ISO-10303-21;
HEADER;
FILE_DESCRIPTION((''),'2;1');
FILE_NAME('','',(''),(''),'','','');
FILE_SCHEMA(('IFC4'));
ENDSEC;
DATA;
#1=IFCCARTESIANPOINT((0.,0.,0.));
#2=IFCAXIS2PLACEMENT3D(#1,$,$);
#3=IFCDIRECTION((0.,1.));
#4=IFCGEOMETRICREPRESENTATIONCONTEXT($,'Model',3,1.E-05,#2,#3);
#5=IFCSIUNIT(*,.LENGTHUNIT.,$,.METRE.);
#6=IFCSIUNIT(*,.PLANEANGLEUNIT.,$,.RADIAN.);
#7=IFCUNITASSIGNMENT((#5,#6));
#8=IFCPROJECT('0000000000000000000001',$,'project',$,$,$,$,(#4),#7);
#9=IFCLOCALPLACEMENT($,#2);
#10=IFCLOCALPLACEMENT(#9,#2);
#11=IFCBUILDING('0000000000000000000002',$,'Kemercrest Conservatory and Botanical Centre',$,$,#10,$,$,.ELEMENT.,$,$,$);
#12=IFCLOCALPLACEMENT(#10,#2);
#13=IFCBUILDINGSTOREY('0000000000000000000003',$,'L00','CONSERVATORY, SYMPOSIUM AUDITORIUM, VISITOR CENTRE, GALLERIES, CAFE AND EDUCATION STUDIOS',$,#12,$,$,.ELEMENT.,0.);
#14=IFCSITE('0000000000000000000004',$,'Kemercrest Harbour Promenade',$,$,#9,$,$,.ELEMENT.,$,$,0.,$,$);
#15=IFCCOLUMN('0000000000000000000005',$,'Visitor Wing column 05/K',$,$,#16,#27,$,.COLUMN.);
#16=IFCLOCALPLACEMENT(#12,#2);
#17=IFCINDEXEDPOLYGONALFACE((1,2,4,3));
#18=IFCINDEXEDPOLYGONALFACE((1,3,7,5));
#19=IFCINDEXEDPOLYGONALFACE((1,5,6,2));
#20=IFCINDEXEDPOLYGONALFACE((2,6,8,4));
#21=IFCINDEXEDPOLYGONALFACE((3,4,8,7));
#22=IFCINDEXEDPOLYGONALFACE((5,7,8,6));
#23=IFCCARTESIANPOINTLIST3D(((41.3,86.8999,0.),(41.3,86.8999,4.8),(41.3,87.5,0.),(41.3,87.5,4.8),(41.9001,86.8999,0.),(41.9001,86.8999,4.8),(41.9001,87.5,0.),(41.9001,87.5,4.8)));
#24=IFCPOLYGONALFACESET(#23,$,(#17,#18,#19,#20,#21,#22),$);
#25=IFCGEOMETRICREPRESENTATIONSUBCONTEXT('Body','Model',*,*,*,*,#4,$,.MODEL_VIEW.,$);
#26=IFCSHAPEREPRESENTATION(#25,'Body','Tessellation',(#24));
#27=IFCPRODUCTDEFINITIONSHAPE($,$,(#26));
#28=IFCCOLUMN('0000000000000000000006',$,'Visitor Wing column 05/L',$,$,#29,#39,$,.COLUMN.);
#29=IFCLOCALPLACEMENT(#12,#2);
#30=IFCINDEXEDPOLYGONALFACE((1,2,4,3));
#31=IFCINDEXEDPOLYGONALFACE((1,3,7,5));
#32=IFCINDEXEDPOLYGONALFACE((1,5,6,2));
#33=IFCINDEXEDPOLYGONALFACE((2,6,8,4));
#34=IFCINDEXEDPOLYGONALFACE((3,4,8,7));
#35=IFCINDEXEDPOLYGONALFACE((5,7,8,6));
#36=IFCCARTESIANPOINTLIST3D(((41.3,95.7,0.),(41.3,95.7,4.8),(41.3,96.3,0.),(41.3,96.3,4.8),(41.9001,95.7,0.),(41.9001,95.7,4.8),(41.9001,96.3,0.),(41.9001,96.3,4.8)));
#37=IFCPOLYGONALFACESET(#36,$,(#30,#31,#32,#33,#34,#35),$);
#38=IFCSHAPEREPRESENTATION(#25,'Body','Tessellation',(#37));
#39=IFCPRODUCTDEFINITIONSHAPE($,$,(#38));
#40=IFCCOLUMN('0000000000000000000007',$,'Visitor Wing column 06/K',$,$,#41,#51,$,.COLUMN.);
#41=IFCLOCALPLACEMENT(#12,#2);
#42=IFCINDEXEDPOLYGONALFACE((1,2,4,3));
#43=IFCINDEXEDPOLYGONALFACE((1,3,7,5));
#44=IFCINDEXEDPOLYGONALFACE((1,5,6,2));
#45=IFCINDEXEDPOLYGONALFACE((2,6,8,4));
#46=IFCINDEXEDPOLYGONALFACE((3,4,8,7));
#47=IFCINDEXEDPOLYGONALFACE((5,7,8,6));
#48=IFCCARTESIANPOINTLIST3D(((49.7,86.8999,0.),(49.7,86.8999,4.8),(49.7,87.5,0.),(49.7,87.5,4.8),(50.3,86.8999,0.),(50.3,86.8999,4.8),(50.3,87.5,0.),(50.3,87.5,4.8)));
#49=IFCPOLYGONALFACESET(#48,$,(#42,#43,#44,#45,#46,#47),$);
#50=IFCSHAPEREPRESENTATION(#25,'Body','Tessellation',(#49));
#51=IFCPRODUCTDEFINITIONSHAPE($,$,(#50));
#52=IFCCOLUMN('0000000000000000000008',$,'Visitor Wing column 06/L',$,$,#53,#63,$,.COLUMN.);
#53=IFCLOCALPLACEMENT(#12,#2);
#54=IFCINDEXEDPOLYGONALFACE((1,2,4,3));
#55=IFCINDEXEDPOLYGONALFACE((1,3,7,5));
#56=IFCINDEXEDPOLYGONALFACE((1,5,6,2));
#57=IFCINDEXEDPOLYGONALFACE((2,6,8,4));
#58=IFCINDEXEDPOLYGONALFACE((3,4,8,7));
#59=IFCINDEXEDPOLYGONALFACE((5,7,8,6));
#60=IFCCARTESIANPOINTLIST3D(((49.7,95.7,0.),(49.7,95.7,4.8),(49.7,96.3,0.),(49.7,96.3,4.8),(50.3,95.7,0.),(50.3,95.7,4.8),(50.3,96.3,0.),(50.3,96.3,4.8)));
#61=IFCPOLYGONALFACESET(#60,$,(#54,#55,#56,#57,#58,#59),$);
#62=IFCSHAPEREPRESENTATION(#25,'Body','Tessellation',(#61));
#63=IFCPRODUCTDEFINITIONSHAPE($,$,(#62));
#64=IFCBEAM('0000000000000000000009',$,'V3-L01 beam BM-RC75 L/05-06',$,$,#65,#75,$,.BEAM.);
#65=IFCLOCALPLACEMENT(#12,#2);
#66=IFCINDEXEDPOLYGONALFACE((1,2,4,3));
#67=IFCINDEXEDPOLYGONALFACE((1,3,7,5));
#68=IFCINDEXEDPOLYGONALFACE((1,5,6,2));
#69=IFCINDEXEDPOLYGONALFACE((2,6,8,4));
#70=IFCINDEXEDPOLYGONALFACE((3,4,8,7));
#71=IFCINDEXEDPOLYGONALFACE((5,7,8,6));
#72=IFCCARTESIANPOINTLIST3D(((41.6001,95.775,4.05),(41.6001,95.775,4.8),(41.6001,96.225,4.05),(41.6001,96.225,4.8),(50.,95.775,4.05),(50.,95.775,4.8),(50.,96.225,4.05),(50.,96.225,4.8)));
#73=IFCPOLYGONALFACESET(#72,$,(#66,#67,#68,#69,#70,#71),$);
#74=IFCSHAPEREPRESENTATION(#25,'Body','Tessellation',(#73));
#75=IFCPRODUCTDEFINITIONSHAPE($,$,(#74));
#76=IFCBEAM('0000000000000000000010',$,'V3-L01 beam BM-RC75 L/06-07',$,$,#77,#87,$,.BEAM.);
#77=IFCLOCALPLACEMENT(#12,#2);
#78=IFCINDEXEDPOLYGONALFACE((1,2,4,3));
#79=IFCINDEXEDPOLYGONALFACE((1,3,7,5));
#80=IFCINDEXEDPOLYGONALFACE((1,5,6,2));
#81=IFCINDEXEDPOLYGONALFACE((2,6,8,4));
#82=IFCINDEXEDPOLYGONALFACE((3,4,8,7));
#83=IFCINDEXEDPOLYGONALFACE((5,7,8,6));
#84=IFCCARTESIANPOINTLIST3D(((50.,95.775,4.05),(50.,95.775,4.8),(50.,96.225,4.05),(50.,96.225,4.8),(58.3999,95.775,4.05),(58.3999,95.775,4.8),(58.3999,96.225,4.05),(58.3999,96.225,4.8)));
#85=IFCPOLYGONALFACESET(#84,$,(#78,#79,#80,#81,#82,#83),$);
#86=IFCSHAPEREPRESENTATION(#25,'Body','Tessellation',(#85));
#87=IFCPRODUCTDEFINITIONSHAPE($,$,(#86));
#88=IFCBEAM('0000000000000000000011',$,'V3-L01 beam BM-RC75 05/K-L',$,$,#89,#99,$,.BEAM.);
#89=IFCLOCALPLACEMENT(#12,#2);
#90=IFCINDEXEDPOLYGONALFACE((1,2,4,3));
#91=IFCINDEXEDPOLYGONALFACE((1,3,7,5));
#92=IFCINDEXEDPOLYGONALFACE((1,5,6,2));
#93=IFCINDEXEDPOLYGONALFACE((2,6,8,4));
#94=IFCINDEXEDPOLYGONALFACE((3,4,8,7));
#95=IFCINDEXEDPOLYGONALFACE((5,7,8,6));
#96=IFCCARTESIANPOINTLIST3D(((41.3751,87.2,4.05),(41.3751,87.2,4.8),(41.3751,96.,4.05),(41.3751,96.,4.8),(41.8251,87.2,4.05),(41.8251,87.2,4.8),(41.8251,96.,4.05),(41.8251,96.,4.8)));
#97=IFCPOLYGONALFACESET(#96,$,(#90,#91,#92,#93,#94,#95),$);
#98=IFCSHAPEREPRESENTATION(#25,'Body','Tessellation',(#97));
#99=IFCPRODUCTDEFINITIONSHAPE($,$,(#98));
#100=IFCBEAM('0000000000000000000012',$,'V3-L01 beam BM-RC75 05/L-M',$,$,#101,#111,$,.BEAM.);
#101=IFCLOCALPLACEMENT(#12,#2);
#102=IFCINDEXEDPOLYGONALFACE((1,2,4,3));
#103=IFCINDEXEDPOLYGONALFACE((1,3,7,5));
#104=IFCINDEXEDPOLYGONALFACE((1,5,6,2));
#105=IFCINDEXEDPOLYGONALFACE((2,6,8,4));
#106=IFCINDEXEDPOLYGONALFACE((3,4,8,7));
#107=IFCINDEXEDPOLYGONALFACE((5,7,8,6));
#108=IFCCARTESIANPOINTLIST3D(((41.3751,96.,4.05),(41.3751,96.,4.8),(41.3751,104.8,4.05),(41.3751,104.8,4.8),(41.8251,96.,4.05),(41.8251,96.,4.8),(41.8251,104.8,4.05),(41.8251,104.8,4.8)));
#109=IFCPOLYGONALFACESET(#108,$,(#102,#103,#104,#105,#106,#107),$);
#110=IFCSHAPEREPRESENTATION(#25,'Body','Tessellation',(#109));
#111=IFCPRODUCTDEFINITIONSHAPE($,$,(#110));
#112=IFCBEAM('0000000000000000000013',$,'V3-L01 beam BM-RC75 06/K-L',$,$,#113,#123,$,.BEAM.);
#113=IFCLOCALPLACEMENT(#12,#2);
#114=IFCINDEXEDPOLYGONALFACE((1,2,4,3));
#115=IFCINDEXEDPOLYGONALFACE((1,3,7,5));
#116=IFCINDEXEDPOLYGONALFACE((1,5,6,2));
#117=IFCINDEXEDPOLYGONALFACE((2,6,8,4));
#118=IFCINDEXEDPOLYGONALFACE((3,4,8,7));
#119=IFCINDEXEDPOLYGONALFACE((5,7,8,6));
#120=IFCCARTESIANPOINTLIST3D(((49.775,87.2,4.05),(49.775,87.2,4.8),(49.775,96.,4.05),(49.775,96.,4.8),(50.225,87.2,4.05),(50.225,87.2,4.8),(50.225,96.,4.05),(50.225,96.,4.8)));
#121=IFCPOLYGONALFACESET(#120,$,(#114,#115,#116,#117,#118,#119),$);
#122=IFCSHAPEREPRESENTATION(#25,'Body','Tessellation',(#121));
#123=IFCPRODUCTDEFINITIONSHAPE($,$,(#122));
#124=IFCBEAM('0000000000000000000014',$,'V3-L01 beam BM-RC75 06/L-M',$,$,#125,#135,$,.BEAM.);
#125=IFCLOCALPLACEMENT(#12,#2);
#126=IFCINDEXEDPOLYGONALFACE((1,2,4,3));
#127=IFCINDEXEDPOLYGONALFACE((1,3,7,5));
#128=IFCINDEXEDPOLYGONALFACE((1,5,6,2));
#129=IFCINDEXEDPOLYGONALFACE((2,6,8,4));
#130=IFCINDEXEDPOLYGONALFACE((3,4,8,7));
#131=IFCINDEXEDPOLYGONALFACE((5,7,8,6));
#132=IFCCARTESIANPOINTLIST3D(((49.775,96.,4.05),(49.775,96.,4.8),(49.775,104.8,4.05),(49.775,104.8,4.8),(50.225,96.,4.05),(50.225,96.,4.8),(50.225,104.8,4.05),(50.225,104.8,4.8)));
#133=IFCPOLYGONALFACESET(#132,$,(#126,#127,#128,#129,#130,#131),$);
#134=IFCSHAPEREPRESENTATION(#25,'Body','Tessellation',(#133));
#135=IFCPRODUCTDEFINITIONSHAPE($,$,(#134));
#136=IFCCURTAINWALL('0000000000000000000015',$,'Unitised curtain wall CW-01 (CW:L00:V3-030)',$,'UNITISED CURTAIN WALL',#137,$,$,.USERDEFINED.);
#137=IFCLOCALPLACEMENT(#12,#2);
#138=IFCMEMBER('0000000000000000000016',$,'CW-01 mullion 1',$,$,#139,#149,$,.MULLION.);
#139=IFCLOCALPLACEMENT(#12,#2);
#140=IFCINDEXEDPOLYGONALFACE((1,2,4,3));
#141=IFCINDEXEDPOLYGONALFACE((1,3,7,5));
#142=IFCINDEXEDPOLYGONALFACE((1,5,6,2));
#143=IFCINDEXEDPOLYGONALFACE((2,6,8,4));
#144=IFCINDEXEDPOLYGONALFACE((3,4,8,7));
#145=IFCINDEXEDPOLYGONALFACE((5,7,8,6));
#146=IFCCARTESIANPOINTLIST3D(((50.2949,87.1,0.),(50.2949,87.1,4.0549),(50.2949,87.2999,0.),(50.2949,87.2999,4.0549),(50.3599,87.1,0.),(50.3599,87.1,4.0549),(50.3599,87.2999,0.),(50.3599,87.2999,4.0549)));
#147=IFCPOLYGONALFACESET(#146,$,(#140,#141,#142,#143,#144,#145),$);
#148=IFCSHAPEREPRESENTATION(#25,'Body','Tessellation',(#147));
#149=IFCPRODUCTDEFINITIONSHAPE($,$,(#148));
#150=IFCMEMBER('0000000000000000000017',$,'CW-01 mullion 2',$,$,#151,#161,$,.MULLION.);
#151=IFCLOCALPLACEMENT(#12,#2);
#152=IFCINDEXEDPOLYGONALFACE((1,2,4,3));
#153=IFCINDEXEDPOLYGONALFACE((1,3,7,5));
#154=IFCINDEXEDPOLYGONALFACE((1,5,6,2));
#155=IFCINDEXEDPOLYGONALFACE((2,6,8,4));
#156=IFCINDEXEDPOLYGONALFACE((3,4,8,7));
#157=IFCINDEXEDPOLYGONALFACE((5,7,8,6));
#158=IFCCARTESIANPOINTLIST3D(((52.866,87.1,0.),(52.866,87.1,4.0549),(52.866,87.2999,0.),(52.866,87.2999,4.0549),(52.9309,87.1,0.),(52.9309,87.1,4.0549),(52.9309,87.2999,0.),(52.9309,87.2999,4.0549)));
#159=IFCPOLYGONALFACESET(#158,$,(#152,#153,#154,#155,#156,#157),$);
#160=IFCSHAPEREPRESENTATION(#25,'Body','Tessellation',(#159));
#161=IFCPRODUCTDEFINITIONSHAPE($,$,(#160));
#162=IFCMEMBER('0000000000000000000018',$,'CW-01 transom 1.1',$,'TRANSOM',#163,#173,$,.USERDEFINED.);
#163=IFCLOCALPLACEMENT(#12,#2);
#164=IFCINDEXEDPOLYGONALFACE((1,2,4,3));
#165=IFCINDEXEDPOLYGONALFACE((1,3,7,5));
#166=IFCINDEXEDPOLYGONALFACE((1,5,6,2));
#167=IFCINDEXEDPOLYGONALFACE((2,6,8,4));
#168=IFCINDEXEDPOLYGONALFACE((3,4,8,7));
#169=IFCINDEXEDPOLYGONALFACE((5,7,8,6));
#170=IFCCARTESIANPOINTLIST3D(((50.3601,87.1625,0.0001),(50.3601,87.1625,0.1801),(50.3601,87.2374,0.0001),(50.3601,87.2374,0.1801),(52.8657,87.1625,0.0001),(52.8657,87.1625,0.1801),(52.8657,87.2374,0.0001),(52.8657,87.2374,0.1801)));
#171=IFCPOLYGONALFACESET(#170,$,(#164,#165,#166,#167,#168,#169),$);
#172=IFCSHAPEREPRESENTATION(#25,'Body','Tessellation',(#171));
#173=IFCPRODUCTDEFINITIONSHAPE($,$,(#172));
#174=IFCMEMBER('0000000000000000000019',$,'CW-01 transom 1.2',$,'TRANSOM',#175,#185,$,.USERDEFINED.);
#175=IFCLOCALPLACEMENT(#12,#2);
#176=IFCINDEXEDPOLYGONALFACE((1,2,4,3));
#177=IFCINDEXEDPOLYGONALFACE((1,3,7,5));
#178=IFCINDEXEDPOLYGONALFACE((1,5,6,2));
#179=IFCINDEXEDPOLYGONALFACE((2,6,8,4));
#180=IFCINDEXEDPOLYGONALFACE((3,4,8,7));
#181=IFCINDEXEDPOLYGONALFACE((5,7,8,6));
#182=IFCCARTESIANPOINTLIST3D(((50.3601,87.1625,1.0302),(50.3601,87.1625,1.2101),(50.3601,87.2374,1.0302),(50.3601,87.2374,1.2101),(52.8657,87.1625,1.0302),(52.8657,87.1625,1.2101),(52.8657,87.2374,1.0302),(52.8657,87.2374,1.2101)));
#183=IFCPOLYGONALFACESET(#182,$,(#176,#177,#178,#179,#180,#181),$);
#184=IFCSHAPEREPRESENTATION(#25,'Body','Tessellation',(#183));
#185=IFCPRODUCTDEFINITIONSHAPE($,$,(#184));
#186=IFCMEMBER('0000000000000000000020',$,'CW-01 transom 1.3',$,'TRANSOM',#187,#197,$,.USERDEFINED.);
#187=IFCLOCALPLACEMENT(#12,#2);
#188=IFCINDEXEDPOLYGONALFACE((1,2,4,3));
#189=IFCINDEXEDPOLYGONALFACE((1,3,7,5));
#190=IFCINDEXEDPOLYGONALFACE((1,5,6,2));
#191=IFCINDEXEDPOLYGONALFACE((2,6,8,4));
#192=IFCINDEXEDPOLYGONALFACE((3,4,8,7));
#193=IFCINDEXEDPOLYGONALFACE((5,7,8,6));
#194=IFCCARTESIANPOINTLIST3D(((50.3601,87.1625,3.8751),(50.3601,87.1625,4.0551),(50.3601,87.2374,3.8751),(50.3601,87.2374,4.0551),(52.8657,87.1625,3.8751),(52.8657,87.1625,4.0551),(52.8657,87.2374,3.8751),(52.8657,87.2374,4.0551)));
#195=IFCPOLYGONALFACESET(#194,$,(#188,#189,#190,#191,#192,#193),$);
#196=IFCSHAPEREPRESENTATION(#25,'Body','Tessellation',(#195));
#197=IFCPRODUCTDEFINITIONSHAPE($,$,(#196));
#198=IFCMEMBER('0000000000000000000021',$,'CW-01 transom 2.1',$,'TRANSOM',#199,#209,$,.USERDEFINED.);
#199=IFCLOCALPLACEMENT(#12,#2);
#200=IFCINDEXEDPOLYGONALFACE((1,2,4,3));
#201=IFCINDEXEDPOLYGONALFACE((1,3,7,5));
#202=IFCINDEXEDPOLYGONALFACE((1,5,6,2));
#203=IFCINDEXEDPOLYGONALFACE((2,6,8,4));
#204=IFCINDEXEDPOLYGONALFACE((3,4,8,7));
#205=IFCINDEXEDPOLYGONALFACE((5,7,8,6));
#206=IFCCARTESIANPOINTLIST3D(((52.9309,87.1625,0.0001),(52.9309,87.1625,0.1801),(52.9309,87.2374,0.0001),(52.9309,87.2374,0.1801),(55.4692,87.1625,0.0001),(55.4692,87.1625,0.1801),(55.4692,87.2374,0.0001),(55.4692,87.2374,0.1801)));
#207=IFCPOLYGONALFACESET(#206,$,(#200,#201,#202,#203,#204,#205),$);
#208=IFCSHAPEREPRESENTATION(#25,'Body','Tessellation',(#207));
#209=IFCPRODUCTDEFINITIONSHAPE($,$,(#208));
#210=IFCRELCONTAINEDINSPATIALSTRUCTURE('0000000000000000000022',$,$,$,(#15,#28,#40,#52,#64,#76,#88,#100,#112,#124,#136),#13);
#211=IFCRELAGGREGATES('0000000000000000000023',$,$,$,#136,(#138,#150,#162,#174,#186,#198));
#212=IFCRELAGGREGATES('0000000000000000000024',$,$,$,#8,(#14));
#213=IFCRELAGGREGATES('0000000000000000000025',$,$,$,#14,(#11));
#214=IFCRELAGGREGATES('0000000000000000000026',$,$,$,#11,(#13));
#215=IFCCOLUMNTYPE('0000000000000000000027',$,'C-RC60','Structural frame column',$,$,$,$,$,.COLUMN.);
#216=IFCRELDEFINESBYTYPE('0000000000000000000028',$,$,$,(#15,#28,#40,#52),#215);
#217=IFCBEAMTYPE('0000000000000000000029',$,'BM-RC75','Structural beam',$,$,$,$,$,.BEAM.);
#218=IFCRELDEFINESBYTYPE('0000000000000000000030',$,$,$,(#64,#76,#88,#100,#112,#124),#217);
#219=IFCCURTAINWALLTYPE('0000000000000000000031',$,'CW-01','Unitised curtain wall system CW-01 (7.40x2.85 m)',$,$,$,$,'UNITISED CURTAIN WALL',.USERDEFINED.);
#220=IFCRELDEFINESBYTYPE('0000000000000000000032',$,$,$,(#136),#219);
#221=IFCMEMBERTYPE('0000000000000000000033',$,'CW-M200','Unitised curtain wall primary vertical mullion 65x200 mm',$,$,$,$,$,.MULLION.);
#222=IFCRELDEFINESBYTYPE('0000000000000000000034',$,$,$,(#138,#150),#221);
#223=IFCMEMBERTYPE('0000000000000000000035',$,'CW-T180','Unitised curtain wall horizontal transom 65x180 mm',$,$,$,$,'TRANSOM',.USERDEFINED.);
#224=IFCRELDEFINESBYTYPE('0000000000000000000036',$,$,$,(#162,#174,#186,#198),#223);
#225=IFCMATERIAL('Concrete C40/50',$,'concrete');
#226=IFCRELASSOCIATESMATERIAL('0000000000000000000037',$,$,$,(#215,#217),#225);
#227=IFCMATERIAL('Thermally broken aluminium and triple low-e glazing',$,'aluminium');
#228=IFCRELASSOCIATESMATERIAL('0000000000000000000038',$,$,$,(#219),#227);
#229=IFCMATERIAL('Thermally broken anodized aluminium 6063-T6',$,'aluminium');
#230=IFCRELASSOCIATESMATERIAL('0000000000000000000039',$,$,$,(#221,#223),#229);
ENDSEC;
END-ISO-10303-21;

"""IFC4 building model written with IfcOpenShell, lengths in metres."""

from ifc_helpers import new_model, si_unit, direction, frame, origin, origin_2d, place, context, subcontext, project, spatial, rectangle, extrude, material, material_profile, profile_set, type_object, element, aggregate, save


model = new_model("IFC4")

# Units and contexts
model_context = context("Model", 3, precision=1e-05, world=origin(), true_north=direction((0.0, 1.0)))
body_context = subcontext(model_context, "Body", "Model", "MODEL_VIEW")
ifc_project = project(units=[si_unit("LENGTHUNIT", "METRE"), si_unit("PLANEANGLEUNIT", "RADIAN")], contexts=[model_context])

# Site, building, storey
site_placement = place(None, origin())
site = spatial("IfcSite", under=ifc_project, at=site_placement, Name="Kemercrest Harbour Promenade", CompositionType="ELEMENT", RefElevation=0.0)
building_placement = place(site_placement, origin())
building = spatial("IfcBuilding", under=site, at=building_placement, Name="Kemercrest Conservatory and Botanical Centre", CompositionType="ELEMENT")
storey_placement = place(building_placement, origin())
storey = spatial("IfcBuildingStorey", under=building, at=storey_placement, Name="L00", Description="CONSERVATORY, SYMPOSIUM AUDITORIUM, VISITOR CENTRE, GALLERIES, CAFE AND EDUCATION STUDIOS", CompositionType="ELEMENT", Elevation=0.0)

# Columns
ifc_material_1 = material(Name="Concrete C40/50", Category="concrete")
ifc_material_profile_1 = material_profile(ifc_material_1, rectangle(XDim=0.6001, YDim=0.6001, at=origin_2d()), Name="RC 600x600")
ifc_profile_set_1 = profile_set([ifc_material_profile_1], Name="Concrete C40/50")
column_type = type_object("IfcColumnType", Name="C-RC60", Description="Structural frame column", PredefinedType="COLUMN", material=ifc_profile_set_1)
for number, where, z_axis, x_axis, name in (
    (1, (41.6001, 87.2, 0.0), (0.0, 0.0, 1.0), (1.0, 0.0, 0.0), "Visitor Wing column 05/K"),
    (2, (41.6001, 96.0, 0.0), (0.0, 0.0, 1.0), (1.0, 0.0, 0.0), "Visitor Wing column 05/L"),
    (3, (50.0, 87.2, 0.0), (0.0, 0.0, 1.0), (1.0, 0.0, 0.0), "Visitor Wing column 06/K"),
    (4, (50.0, 96.0, 0.0), (0.0, 0.0, 1.0), (1.0, 0.0, 0.0), "Visitor Wing column 06/L"),
):
    element("IfcColumn", number, at=place(storey_placement, frame(where, z_axis=z_axis, x_axis=x_axis)), inside=storey, type_object=column_type, Name=name, PredefinedType="COLUMN", context=body_context, shape_type="SweptSolid", body=[
        extrude(rectangle(XDim=0.6001, YDim=0.6001, at=origin_2d()), origin(), (0.0, 0.0, 1.0), 4.8),
    ])

# Beams
ifc_material_profile_2 = material_profile(ifc_material_1, rectangle(XDim=0.45, YDim=0.75, at=origin_2d()), Name="RC 450x750")
ifc_profile_set_2 = profile_set([ifc_material_profile_2], Name="Concrete C40/50")
beam_type_1 = type_object("IfcBeamType", Name="BM-RC75", Description="Structural beam", PredefinedType="BEAM", material=ifc_profile_set_2)
for number, where, z_axis, x_axis, name in (
    (5, (41.6001, 96.0, 4.425), (1.0, 0.0, 0.0), (0.0, 1.0, 0.0), "V3-L01 beam BM-RC75 L/05-06"),
    (6, (50.0, 96.0, 4.425), (1.0, 0.0, 0.0), (0.0, 1.0, 0.0), "V3-L01 beam BM-RC75 L/06-07"),
):
    element("IfcBeam", number, at=place(storey_placement, frame(where, z_axis=z_axis, x_axis=x_axis)), inside=storey, type_object=beam_type_1, Name=name, PredefinedType="BEAM", context=body_context, shape_type="SweptSolid", body=[
        extrude(rectangle(XDim=0.45, YDim=0.75, at=origin_2d()), origin(), (0.0, 0.0, 1.0), 8.3999),
    ])
for number, where, z_axis, x_axis, name in (
    (7, (41.6001, 87.2, 4.425), (0.0, 1.0, 0.0), (-1.0, 0.0, 0.0), "V3-L01 beam BM-RC75 05/K-L"),
    (8, (41.6001, 96.0, 4.425), (0.0, 1.0, 0.0), (-1.0, 0.0, 0.0), "V3-L01 beam BM-RC75 05/L-M"),
    (9, (50.0, 87.2, 4.425), (0.0, 1.0, 0.0), (-1.0, 0.0, 0.0), "V3-L01 beam BM-RC75 06/K-L"),
    (10, (50.0, 96.0, 4.425), (0.0, 1.0, 0.0), (-1.0, 0.0, 0.0), "V3-L01 beam BM-RC75 06/L-M"),
):
    element("IfcBeam", number, at=place(storey_placement, frame(where, z_axis=z_axis, x_axis=x_axis)), inside=storey, type_object=beam_type_1, Name=name, PredefinedType="BEAM", context=body_context, shape_type="SweptSolid", body=[
        extrude(rectangle(XDim=0.45, YDim=0.75, at=origin_2d()), origin(), (0.0, 0.0, 1.0), 8.8),
    ])

# Curtain wall, members
ifc_material_2 = material(Name="Thermally broken aluminium and triple low-e glazing", Category="aluminium")
curtain_wall_type = type_object("IfcCurtainWallType", Name="CW-01", Description="Unitised curtain wall system CW-01 (7.40x2.85 m)", ElementType="UNITISED CURTAIN WALL", PredefinedType="USERDEFINED", material=ifc_material_2)
curtain_wall_placement = place(storey_placement, origin())
curtain_wall = element("IfcCurtainWall", 11, at=curtain_wall_placement, inside=storey, type_object=curtain_wall_type, Name="Unitised curtain wall CW-01 (CW:L00:V3-030)", ObjectType="UNITISED CURTAIN WALL", PredefinedType="USERDEFINED")
ifc_material_3 = material(Name="Thermally broken anodized aluminium 6063-T6", Category="aluminium")
ifc_material_profile_3 = material_profile(ifc_material_3, rectangle(XDim=0.2, YDim=0.0649, at=origin_2d()), Name="AL MULLION 65x200")
ifc_profile_set_3 = profile_set([ifc_material_profile_3], Name="Thermally broken anodized aluminium 6063-T6")
member_type_1 = type_object("IfcMemberType", Name="CW-M200", Description="Unitised curtain wall primary vertical mullion 65x200 mm", PredefinedType="MULLION", material=ifc_profile_set_3)
member_1_placement = place(storey_placement, frame((50.3274, 87.2, 0.0), z_axis=(0.0, 0.0, 1.0), x_axis=(0.0, 1.0, 0.0)))
member_1 = element("IfcMember", 12, at=member_1_placement, type_object=member_type_1, Name="CW-01 mullion 1", PredefinedType="MULLION", context=body_context, shape_type="SweptSolid", body=[
    extrude(rectangle(XDim=0.2, YDim=0.0649, at=origin_2d()), origin(), (0.0, 0.0, 1.0), 4.0549),
])
member_2_placement = place(storey_placement, frame((52.8984, 87.2, 0.0), z_axis=(0.0, 0.0, 1.0), x_axis=(0.0, 1.0, 0.0)))
member_2 = element("IfcMember", 13, at=member_2_placement, type_object=member_type_1, Name="CW-01 mullion 2", PredefinedType="MULLION", context=body_context, shape_type="SweptSolid", body=[
    extrude(rectangle(XDim=0.2, YDim=0.0649, at=origin_2d()), origin(), (0.0, 0.0, 1.0), 4.0549),
])
ifc_material_profile_4 = material_profile(ifc_material_3, rectangle(XDim=0.075, YDim=0.1799, at=origin_2d()), Name="AL TRANSOM 75x180")
ifc_profile_set_4 = profile_set([ifc_material_profile_4], Name="Thermally broken anodized aluminium 6063-T6")
member_type_2 = type_object("IfcMemberType", Name="CW-T180", Description="Unitised curtain wall horizontal transom 65x180 mm", ElementType="TRANSOM", PredefinedType="USERDEFINED", material=ifc_profile_set_4)
member_3_placement = place(storey_placement, frame((50.3601, 87.2, 0.0901), z_axis=(1.0, 0.0, 0.0), x_axis=(0.0, 1.0, 0.0)))
member_3 = element("IfcMember", 14, at=member_3_placement, type_object=member_type_2, Name="CW-01 transom 1.1", ObjectType="TRANSOM", PredefinedType="USERDEFINED", context=body_context, shape_type="SweptSolid", body=[
    extrude(rectangle(XDim=0.075, YDim=0.1799, at=origin_2d()), origin(), (0.0, 0.0, 1.0), 2.5056),
])
member_4_placement = place(storey_placement, frame((50.3601, 87.2, 1.1201), z_axis=(1.0, 0.0, 0.0), x_axis=(0.0, 1.0, 0.0)))
member_4 = element("IfcMember", 15, at=member_4_placement, type_object=member_type_2, Name="CW-01 transom 1.2", ObjectType="TRANSOM", PredefinedType="USERDEFINED", context=body_context, shape_type="SweptSolid", body=[
    extrude(rectangle(XDim=0.075, YDim=0.1799, at=origin_2d()), origin(), (0.0, 0.0, 1.0), 2.5056),
])
member_5_placement = place(storey_placement, frame((50.3601, 87.2, 3.9651), z_axis=(1.0, 0.0, 0.0), x_axis=(0.0, 1.0, 0.0)))
member_5 = element("IfcMember", 16, at=member_5_placement, type_object=member_type_2, Name="CW-01 transom 1.3", ObjectType="TRANSOM", PredefinedType="USERDEFINED", context=body_context, shape_type="SweptSolid", body=[
    extrude(rectangle(XDim=0.075, YDim=0.1799, at=origin_2d()), origin(), (0.0, 0.0, 1.0), 2.5056),
])
member_6_placement = place(storey_placement, frame((52.9309, 87.2, 0.0901), z_axis=(1.0, 0.0, 0.0), x_axis=(0.0, 1.0, 0.0)))
member_6 = element("IfcMember", 17, at=member_6_placement, type_object=member_type_2, Name="CW-01 transom 2.1", ObjectType="TRANSOM", PredefinedType="USERDEFINED", context=body_context, shape_type="SweptSolid", body=[
    extrude(rectangle(XDim=0.075, YDim=0.1799, at=origin_2d()), origin(), (0.0, 0.0, 1.0), 2.5383),
])

aggregate(curtain_wall, [member_1, member_2, member_3, member_4, member_5, member_6])

save(model, "model.ifc")
